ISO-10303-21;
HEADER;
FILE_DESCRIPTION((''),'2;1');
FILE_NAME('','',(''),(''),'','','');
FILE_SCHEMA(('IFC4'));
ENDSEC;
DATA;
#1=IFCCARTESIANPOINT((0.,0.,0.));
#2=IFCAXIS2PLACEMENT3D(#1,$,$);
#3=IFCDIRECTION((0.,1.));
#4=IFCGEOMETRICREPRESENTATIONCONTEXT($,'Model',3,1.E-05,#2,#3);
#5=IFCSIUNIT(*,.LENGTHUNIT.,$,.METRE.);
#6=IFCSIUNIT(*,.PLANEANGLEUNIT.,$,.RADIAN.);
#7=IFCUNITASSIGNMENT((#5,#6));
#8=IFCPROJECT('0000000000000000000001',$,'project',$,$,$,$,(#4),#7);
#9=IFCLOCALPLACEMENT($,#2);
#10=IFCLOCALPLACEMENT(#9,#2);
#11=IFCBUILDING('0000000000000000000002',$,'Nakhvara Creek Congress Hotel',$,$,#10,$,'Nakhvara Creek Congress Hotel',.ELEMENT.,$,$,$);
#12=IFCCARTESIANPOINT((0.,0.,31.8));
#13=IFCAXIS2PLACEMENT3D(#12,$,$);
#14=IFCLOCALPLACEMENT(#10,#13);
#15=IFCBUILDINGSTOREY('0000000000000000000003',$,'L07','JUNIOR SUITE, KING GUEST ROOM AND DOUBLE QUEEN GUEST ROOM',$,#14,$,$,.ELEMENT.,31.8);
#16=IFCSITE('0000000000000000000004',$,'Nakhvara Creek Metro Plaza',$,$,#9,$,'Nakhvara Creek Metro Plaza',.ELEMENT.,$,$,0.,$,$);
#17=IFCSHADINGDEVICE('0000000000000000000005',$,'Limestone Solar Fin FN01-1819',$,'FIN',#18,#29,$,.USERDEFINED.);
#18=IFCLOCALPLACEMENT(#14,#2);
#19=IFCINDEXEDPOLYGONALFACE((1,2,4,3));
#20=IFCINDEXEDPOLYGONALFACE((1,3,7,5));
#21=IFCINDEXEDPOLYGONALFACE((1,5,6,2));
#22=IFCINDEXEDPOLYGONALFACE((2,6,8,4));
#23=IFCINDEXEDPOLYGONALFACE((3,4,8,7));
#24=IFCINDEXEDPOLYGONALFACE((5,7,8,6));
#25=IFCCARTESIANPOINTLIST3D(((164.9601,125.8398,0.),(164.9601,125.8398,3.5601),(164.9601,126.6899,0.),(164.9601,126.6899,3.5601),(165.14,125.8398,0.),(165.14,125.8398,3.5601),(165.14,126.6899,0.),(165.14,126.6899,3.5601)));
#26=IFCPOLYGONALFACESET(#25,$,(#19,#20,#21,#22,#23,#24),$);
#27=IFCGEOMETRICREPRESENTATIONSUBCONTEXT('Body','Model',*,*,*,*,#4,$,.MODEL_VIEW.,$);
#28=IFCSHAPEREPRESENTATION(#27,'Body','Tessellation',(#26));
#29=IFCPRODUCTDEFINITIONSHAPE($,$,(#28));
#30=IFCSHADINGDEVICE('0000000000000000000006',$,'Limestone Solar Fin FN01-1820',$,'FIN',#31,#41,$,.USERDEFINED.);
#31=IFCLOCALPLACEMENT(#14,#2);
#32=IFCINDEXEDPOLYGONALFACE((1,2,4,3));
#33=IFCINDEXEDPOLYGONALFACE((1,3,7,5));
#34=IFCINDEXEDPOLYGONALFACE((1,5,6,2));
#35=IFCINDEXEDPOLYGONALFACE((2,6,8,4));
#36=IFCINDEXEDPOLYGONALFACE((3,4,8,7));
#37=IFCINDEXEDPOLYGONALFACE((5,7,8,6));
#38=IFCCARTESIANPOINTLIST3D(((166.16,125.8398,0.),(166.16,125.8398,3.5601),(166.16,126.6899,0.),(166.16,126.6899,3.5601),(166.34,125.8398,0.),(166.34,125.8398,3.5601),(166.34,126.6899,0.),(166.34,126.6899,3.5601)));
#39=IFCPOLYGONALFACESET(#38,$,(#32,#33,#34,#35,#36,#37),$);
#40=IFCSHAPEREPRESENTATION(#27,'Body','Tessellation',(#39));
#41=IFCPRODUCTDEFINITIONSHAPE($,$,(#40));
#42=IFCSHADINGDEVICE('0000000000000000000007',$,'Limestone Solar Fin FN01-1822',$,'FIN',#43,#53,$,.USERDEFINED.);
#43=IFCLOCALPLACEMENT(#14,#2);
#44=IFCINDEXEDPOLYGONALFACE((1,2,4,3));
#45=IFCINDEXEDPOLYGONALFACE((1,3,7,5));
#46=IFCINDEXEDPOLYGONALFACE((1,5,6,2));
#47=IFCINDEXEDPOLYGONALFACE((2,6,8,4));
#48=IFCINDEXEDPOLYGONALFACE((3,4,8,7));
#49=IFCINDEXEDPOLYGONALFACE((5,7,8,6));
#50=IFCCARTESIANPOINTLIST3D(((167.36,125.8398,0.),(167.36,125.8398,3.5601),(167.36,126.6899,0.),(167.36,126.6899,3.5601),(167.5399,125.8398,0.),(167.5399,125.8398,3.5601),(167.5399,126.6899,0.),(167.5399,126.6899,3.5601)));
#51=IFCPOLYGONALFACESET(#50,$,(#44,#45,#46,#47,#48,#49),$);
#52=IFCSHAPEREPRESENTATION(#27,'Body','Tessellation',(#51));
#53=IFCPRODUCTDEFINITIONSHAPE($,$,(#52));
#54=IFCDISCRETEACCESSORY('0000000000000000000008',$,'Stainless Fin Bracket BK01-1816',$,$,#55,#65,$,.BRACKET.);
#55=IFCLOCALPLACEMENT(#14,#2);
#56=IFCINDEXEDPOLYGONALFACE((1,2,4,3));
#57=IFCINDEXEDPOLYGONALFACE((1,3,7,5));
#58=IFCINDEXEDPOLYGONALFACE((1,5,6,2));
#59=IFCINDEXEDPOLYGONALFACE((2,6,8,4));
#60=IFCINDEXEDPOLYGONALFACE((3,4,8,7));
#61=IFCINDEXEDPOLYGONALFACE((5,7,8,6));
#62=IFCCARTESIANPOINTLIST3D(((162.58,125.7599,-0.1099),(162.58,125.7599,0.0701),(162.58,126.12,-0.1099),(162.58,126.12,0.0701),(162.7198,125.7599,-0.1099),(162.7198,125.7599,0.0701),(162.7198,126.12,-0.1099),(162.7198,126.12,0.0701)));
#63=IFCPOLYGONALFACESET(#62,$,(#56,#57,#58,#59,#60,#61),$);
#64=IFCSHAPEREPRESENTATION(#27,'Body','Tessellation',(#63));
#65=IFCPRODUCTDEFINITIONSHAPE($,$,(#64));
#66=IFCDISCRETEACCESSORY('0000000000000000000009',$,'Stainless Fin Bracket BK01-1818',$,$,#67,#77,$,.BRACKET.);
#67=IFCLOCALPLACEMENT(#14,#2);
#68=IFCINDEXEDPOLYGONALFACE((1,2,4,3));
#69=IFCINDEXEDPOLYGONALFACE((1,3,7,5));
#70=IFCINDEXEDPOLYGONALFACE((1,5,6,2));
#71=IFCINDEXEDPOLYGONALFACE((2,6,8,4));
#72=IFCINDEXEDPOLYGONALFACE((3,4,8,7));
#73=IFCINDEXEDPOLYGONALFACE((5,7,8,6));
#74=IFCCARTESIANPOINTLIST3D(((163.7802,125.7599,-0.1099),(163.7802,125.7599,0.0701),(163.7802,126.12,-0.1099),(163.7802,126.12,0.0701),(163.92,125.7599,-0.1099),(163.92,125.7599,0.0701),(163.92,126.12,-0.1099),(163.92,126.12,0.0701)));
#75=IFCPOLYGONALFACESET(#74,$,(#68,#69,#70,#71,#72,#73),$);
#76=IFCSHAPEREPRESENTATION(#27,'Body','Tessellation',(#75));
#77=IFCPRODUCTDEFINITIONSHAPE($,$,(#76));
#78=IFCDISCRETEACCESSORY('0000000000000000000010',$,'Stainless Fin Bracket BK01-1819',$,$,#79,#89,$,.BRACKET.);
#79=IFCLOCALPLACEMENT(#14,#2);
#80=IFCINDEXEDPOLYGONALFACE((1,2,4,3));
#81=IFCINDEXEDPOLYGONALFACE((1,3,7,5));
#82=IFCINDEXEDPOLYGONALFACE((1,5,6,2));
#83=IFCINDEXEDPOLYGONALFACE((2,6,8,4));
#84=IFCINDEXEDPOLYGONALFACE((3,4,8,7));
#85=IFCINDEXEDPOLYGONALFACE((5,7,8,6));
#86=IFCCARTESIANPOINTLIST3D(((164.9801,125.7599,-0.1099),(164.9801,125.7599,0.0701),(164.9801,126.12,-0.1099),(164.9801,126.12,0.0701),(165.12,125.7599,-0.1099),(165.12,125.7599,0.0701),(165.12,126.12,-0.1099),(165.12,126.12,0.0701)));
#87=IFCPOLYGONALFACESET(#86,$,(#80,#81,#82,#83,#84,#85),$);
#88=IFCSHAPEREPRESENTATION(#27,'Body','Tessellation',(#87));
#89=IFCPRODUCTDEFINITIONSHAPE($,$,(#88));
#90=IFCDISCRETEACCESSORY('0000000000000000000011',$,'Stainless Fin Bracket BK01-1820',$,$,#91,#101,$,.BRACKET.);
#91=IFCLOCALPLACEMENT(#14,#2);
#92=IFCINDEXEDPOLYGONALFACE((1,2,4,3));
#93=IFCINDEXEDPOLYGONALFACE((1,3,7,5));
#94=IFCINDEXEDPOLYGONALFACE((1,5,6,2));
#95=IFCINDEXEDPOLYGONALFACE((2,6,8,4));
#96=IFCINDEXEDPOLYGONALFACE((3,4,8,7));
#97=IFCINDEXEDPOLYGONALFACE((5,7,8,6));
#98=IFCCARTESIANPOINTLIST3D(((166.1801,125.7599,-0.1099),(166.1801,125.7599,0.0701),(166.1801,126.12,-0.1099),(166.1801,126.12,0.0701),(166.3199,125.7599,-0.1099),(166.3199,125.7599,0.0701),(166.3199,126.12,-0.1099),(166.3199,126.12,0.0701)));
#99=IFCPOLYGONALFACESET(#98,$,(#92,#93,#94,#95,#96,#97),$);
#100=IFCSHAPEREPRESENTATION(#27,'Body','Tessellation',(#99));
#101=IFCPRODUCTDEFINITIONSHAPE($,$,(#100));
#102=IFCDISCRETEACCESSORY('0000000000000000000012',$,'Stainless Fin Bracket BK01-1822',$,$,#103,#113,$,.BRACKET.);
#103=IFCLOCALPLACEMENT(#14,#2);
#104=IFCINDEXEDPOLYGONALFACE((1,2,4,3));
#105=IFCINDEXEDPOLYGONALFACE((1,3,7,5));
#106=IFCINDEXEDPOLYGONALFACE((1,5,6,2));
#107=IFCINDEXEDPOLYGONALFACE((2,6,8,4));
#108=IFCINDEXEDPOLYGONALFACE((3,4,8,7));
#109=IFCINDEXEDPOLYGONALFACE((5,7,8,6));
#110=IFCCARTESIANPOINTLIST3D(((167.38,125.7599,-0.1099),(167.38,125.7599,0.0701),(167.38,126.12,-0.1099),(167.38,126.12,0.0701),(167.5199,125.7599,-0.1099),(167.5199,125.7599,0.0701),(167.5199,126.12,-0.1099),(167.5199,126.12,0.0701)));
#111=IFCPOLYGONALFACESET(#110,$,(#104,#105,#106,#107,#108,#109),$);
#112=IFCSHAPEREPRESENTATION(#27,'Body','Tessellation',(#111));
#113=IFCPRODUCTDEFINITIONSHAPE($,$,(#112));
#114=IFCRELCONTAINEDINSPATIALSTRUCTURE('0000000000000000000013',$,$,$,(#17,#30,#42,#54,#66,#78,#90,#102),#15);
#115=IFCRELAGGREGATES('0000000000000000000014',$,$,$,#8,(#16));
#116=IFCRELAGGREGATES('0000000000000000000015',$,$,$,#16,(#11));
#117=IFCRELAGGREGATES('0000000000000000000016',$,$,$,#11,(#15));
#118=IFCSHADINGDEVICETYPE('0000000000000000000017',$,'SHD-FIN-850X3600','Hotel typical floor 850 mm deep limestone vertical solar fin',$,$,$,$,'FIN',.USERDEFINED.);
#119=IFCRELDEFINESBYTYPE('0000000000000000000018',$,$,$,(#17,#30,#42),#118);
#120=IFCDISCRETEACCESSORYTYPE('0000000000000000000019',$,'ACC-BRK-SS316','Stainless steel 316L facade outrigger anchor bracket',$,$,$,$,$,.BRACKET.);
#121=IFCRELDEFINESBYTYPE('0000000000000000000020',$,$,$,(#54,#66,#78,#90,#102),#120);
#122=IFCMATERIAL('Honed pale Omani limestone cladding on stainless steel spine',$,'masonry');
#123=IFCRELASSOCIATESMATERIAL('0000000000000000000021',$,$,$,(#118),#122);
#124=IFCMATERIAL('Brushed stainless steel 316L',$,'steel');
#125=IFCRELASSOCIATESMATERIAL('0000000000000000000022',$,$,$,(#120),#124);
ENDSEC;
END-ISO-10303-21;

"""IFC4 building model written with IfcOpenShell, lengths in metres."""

from ifc_helpers import new_model, si_unit, direction, frame, origin, origin_2d, place, context, subcontext, project, spatial, rectangle, extrude, material, type_object, element, save


model = new_model("IFC4")

# Units and contexts
model_context = context("Model", 3, precision=1e-05, world=origin(), true_north=direction((0.0, 1.0)))
body_context = subcontext(model_context, "Body", "Model", "MODEL_VIEW")
ifc_project = project(units=[si_unit("LENGTHUNIT", "METRE"), si_unit("PLANEANGLEUNIT", "RADIAN")], contexts=[model_context])

# Site, building, storey
site_placement = place(None, origin())
site = spatial("IfcSite", under=ifc_project, at=site_placement, Name="Nakhvara Creek Metro Plaza", LongName="Nakhvara Creek Metro Plaza", CompositionType="ELEMENT", RefElevation=0.0)
building_placement = place(site_placement, origin())
building = spatial("IfcBuilding", under=site, at=building_placement, Name="Nakhvara Creek Congress Hotel", LongName="Nakhvara Creek Congress Hotel", CompositionType="ELEMENT")
storey_placement = place(building_placement, frame((0.0, 0.0, 31.8)))
storey = spatial("IfcBuildingStorey", under=building, at=storey_placement, Name="L07", Description="JUNIOR SUITE, KING GUEST ROOM AND DOUBLE QUEEN GUEST ROOM", CompositionType="ELEMENT", Elevation=31.8)

# Shading devices
ifc_material_1 = material(Name="Honed pale Omani limestone cladding on stainless steel spine", Category="masonry")
shading_device_type = type_object("IfcShadingDeviceType", Name="SHD-FIN-850X3600", Description="Hotel typical floor 850 mm deep limestone vertical solar fin", ElementType="FIN", PredefinedType="USERDEFINED", material=ifc_material_1)
for number, where, z_axis, x_axis, name in (
    (1, (165.05, 126.2649, 0.0), (0.0, 0.0, 1.0), (1.0, 0.0, 0.0), "Limestone Solar Fin FN01-1819"),
    (2, (166.25, 126.2649, 0.0), (0.0, 0.0, 1.0), (1.0, 0.0, 0.0), "Limestone Solar Fin FN01-1820"),
    (3, (167.45, 126.2649, 0.0), (0.0, 0.0, 1.0), (1.0, 0.0, 0.0), "Limestone Solar Fin FN01-1822"),
):
    element("IfcShadingDevice", number, at=place(storey_placement, frame(where, z_axis=z_axis, x_axis=x_axis)), inside=storey, type_object=shading_device_type, Name=name, ObjectType="FIN", PredefinedType="USERDEFINED", context=body_context, shape_type="SweptSolid", body=[
        extrude(rectangle(XDim=0.1799, YDim=0.8501, at=origin_2d()), origin(), (0.0, 0.0, 1.0), 3.5601),
    ])

# Discrete accessories
ifc_material_2 = material(Name="Brushed stainless steel 316L", Category="steel")
discrete_accessory_type = type_object("IfcDiscreteAccessoryType", Name="ACC-BRK-SS316", Description="Stainless steel 316L facade outrigger anchor bracket", PredefinedType="BRACKET", material=ifc_material_2)
for number, where, z_axis, x_axis, name in (
    (4, (162.6499, 125.9399, -0.1099), (0.0, 0.0, 1.0), (1.0, 0.0, 0.0), "Stainless Fin Bracket BK01-1816"),
    (5, (163.8501, 125.9399, -0.1099), (0.0, 0.0, 1.0), (1.0, 0.0, 0.0), "Stainless Fin Bracket BK01-1818"),
    (6, (165.05, 125.9399, -0.1099), (0.0, 0.0, 1.0), (1.0, 0.0, 0.0), "Stainless Fin Bracket BK01-1819"),
    (7, (166.25, 125.9399, -0.1099), (0.0, 0.0, 1.0), (1.0, 0.0, 0.0), "Stainless Fin Bracket BK01-1820"),
    (8, (167.45, 125.9399, -0.1099), (0.0, 0.0, 1.0), (1.0, 0.0, 0.0), "Stainless Fin Bracket BK01-1822"),
):
    element("IfcDiscreteAccessory", number, at=place(storey_placement, frame(where, z_axis=z_axis, x_axis=x_axis)), inside=storey, type_object=discrete_accessory_type, Name=name, PredefinedType="BRACKET", context=body_context, shape_type="SweptSolid", body=[
        extrude(rectangle(XDim=0.1399, YDim=0.3601, at=origin_2d()), origin(), (0.0, 0.0, 1.0), 0.1799),
    ])

save(model, "model.ifc")
